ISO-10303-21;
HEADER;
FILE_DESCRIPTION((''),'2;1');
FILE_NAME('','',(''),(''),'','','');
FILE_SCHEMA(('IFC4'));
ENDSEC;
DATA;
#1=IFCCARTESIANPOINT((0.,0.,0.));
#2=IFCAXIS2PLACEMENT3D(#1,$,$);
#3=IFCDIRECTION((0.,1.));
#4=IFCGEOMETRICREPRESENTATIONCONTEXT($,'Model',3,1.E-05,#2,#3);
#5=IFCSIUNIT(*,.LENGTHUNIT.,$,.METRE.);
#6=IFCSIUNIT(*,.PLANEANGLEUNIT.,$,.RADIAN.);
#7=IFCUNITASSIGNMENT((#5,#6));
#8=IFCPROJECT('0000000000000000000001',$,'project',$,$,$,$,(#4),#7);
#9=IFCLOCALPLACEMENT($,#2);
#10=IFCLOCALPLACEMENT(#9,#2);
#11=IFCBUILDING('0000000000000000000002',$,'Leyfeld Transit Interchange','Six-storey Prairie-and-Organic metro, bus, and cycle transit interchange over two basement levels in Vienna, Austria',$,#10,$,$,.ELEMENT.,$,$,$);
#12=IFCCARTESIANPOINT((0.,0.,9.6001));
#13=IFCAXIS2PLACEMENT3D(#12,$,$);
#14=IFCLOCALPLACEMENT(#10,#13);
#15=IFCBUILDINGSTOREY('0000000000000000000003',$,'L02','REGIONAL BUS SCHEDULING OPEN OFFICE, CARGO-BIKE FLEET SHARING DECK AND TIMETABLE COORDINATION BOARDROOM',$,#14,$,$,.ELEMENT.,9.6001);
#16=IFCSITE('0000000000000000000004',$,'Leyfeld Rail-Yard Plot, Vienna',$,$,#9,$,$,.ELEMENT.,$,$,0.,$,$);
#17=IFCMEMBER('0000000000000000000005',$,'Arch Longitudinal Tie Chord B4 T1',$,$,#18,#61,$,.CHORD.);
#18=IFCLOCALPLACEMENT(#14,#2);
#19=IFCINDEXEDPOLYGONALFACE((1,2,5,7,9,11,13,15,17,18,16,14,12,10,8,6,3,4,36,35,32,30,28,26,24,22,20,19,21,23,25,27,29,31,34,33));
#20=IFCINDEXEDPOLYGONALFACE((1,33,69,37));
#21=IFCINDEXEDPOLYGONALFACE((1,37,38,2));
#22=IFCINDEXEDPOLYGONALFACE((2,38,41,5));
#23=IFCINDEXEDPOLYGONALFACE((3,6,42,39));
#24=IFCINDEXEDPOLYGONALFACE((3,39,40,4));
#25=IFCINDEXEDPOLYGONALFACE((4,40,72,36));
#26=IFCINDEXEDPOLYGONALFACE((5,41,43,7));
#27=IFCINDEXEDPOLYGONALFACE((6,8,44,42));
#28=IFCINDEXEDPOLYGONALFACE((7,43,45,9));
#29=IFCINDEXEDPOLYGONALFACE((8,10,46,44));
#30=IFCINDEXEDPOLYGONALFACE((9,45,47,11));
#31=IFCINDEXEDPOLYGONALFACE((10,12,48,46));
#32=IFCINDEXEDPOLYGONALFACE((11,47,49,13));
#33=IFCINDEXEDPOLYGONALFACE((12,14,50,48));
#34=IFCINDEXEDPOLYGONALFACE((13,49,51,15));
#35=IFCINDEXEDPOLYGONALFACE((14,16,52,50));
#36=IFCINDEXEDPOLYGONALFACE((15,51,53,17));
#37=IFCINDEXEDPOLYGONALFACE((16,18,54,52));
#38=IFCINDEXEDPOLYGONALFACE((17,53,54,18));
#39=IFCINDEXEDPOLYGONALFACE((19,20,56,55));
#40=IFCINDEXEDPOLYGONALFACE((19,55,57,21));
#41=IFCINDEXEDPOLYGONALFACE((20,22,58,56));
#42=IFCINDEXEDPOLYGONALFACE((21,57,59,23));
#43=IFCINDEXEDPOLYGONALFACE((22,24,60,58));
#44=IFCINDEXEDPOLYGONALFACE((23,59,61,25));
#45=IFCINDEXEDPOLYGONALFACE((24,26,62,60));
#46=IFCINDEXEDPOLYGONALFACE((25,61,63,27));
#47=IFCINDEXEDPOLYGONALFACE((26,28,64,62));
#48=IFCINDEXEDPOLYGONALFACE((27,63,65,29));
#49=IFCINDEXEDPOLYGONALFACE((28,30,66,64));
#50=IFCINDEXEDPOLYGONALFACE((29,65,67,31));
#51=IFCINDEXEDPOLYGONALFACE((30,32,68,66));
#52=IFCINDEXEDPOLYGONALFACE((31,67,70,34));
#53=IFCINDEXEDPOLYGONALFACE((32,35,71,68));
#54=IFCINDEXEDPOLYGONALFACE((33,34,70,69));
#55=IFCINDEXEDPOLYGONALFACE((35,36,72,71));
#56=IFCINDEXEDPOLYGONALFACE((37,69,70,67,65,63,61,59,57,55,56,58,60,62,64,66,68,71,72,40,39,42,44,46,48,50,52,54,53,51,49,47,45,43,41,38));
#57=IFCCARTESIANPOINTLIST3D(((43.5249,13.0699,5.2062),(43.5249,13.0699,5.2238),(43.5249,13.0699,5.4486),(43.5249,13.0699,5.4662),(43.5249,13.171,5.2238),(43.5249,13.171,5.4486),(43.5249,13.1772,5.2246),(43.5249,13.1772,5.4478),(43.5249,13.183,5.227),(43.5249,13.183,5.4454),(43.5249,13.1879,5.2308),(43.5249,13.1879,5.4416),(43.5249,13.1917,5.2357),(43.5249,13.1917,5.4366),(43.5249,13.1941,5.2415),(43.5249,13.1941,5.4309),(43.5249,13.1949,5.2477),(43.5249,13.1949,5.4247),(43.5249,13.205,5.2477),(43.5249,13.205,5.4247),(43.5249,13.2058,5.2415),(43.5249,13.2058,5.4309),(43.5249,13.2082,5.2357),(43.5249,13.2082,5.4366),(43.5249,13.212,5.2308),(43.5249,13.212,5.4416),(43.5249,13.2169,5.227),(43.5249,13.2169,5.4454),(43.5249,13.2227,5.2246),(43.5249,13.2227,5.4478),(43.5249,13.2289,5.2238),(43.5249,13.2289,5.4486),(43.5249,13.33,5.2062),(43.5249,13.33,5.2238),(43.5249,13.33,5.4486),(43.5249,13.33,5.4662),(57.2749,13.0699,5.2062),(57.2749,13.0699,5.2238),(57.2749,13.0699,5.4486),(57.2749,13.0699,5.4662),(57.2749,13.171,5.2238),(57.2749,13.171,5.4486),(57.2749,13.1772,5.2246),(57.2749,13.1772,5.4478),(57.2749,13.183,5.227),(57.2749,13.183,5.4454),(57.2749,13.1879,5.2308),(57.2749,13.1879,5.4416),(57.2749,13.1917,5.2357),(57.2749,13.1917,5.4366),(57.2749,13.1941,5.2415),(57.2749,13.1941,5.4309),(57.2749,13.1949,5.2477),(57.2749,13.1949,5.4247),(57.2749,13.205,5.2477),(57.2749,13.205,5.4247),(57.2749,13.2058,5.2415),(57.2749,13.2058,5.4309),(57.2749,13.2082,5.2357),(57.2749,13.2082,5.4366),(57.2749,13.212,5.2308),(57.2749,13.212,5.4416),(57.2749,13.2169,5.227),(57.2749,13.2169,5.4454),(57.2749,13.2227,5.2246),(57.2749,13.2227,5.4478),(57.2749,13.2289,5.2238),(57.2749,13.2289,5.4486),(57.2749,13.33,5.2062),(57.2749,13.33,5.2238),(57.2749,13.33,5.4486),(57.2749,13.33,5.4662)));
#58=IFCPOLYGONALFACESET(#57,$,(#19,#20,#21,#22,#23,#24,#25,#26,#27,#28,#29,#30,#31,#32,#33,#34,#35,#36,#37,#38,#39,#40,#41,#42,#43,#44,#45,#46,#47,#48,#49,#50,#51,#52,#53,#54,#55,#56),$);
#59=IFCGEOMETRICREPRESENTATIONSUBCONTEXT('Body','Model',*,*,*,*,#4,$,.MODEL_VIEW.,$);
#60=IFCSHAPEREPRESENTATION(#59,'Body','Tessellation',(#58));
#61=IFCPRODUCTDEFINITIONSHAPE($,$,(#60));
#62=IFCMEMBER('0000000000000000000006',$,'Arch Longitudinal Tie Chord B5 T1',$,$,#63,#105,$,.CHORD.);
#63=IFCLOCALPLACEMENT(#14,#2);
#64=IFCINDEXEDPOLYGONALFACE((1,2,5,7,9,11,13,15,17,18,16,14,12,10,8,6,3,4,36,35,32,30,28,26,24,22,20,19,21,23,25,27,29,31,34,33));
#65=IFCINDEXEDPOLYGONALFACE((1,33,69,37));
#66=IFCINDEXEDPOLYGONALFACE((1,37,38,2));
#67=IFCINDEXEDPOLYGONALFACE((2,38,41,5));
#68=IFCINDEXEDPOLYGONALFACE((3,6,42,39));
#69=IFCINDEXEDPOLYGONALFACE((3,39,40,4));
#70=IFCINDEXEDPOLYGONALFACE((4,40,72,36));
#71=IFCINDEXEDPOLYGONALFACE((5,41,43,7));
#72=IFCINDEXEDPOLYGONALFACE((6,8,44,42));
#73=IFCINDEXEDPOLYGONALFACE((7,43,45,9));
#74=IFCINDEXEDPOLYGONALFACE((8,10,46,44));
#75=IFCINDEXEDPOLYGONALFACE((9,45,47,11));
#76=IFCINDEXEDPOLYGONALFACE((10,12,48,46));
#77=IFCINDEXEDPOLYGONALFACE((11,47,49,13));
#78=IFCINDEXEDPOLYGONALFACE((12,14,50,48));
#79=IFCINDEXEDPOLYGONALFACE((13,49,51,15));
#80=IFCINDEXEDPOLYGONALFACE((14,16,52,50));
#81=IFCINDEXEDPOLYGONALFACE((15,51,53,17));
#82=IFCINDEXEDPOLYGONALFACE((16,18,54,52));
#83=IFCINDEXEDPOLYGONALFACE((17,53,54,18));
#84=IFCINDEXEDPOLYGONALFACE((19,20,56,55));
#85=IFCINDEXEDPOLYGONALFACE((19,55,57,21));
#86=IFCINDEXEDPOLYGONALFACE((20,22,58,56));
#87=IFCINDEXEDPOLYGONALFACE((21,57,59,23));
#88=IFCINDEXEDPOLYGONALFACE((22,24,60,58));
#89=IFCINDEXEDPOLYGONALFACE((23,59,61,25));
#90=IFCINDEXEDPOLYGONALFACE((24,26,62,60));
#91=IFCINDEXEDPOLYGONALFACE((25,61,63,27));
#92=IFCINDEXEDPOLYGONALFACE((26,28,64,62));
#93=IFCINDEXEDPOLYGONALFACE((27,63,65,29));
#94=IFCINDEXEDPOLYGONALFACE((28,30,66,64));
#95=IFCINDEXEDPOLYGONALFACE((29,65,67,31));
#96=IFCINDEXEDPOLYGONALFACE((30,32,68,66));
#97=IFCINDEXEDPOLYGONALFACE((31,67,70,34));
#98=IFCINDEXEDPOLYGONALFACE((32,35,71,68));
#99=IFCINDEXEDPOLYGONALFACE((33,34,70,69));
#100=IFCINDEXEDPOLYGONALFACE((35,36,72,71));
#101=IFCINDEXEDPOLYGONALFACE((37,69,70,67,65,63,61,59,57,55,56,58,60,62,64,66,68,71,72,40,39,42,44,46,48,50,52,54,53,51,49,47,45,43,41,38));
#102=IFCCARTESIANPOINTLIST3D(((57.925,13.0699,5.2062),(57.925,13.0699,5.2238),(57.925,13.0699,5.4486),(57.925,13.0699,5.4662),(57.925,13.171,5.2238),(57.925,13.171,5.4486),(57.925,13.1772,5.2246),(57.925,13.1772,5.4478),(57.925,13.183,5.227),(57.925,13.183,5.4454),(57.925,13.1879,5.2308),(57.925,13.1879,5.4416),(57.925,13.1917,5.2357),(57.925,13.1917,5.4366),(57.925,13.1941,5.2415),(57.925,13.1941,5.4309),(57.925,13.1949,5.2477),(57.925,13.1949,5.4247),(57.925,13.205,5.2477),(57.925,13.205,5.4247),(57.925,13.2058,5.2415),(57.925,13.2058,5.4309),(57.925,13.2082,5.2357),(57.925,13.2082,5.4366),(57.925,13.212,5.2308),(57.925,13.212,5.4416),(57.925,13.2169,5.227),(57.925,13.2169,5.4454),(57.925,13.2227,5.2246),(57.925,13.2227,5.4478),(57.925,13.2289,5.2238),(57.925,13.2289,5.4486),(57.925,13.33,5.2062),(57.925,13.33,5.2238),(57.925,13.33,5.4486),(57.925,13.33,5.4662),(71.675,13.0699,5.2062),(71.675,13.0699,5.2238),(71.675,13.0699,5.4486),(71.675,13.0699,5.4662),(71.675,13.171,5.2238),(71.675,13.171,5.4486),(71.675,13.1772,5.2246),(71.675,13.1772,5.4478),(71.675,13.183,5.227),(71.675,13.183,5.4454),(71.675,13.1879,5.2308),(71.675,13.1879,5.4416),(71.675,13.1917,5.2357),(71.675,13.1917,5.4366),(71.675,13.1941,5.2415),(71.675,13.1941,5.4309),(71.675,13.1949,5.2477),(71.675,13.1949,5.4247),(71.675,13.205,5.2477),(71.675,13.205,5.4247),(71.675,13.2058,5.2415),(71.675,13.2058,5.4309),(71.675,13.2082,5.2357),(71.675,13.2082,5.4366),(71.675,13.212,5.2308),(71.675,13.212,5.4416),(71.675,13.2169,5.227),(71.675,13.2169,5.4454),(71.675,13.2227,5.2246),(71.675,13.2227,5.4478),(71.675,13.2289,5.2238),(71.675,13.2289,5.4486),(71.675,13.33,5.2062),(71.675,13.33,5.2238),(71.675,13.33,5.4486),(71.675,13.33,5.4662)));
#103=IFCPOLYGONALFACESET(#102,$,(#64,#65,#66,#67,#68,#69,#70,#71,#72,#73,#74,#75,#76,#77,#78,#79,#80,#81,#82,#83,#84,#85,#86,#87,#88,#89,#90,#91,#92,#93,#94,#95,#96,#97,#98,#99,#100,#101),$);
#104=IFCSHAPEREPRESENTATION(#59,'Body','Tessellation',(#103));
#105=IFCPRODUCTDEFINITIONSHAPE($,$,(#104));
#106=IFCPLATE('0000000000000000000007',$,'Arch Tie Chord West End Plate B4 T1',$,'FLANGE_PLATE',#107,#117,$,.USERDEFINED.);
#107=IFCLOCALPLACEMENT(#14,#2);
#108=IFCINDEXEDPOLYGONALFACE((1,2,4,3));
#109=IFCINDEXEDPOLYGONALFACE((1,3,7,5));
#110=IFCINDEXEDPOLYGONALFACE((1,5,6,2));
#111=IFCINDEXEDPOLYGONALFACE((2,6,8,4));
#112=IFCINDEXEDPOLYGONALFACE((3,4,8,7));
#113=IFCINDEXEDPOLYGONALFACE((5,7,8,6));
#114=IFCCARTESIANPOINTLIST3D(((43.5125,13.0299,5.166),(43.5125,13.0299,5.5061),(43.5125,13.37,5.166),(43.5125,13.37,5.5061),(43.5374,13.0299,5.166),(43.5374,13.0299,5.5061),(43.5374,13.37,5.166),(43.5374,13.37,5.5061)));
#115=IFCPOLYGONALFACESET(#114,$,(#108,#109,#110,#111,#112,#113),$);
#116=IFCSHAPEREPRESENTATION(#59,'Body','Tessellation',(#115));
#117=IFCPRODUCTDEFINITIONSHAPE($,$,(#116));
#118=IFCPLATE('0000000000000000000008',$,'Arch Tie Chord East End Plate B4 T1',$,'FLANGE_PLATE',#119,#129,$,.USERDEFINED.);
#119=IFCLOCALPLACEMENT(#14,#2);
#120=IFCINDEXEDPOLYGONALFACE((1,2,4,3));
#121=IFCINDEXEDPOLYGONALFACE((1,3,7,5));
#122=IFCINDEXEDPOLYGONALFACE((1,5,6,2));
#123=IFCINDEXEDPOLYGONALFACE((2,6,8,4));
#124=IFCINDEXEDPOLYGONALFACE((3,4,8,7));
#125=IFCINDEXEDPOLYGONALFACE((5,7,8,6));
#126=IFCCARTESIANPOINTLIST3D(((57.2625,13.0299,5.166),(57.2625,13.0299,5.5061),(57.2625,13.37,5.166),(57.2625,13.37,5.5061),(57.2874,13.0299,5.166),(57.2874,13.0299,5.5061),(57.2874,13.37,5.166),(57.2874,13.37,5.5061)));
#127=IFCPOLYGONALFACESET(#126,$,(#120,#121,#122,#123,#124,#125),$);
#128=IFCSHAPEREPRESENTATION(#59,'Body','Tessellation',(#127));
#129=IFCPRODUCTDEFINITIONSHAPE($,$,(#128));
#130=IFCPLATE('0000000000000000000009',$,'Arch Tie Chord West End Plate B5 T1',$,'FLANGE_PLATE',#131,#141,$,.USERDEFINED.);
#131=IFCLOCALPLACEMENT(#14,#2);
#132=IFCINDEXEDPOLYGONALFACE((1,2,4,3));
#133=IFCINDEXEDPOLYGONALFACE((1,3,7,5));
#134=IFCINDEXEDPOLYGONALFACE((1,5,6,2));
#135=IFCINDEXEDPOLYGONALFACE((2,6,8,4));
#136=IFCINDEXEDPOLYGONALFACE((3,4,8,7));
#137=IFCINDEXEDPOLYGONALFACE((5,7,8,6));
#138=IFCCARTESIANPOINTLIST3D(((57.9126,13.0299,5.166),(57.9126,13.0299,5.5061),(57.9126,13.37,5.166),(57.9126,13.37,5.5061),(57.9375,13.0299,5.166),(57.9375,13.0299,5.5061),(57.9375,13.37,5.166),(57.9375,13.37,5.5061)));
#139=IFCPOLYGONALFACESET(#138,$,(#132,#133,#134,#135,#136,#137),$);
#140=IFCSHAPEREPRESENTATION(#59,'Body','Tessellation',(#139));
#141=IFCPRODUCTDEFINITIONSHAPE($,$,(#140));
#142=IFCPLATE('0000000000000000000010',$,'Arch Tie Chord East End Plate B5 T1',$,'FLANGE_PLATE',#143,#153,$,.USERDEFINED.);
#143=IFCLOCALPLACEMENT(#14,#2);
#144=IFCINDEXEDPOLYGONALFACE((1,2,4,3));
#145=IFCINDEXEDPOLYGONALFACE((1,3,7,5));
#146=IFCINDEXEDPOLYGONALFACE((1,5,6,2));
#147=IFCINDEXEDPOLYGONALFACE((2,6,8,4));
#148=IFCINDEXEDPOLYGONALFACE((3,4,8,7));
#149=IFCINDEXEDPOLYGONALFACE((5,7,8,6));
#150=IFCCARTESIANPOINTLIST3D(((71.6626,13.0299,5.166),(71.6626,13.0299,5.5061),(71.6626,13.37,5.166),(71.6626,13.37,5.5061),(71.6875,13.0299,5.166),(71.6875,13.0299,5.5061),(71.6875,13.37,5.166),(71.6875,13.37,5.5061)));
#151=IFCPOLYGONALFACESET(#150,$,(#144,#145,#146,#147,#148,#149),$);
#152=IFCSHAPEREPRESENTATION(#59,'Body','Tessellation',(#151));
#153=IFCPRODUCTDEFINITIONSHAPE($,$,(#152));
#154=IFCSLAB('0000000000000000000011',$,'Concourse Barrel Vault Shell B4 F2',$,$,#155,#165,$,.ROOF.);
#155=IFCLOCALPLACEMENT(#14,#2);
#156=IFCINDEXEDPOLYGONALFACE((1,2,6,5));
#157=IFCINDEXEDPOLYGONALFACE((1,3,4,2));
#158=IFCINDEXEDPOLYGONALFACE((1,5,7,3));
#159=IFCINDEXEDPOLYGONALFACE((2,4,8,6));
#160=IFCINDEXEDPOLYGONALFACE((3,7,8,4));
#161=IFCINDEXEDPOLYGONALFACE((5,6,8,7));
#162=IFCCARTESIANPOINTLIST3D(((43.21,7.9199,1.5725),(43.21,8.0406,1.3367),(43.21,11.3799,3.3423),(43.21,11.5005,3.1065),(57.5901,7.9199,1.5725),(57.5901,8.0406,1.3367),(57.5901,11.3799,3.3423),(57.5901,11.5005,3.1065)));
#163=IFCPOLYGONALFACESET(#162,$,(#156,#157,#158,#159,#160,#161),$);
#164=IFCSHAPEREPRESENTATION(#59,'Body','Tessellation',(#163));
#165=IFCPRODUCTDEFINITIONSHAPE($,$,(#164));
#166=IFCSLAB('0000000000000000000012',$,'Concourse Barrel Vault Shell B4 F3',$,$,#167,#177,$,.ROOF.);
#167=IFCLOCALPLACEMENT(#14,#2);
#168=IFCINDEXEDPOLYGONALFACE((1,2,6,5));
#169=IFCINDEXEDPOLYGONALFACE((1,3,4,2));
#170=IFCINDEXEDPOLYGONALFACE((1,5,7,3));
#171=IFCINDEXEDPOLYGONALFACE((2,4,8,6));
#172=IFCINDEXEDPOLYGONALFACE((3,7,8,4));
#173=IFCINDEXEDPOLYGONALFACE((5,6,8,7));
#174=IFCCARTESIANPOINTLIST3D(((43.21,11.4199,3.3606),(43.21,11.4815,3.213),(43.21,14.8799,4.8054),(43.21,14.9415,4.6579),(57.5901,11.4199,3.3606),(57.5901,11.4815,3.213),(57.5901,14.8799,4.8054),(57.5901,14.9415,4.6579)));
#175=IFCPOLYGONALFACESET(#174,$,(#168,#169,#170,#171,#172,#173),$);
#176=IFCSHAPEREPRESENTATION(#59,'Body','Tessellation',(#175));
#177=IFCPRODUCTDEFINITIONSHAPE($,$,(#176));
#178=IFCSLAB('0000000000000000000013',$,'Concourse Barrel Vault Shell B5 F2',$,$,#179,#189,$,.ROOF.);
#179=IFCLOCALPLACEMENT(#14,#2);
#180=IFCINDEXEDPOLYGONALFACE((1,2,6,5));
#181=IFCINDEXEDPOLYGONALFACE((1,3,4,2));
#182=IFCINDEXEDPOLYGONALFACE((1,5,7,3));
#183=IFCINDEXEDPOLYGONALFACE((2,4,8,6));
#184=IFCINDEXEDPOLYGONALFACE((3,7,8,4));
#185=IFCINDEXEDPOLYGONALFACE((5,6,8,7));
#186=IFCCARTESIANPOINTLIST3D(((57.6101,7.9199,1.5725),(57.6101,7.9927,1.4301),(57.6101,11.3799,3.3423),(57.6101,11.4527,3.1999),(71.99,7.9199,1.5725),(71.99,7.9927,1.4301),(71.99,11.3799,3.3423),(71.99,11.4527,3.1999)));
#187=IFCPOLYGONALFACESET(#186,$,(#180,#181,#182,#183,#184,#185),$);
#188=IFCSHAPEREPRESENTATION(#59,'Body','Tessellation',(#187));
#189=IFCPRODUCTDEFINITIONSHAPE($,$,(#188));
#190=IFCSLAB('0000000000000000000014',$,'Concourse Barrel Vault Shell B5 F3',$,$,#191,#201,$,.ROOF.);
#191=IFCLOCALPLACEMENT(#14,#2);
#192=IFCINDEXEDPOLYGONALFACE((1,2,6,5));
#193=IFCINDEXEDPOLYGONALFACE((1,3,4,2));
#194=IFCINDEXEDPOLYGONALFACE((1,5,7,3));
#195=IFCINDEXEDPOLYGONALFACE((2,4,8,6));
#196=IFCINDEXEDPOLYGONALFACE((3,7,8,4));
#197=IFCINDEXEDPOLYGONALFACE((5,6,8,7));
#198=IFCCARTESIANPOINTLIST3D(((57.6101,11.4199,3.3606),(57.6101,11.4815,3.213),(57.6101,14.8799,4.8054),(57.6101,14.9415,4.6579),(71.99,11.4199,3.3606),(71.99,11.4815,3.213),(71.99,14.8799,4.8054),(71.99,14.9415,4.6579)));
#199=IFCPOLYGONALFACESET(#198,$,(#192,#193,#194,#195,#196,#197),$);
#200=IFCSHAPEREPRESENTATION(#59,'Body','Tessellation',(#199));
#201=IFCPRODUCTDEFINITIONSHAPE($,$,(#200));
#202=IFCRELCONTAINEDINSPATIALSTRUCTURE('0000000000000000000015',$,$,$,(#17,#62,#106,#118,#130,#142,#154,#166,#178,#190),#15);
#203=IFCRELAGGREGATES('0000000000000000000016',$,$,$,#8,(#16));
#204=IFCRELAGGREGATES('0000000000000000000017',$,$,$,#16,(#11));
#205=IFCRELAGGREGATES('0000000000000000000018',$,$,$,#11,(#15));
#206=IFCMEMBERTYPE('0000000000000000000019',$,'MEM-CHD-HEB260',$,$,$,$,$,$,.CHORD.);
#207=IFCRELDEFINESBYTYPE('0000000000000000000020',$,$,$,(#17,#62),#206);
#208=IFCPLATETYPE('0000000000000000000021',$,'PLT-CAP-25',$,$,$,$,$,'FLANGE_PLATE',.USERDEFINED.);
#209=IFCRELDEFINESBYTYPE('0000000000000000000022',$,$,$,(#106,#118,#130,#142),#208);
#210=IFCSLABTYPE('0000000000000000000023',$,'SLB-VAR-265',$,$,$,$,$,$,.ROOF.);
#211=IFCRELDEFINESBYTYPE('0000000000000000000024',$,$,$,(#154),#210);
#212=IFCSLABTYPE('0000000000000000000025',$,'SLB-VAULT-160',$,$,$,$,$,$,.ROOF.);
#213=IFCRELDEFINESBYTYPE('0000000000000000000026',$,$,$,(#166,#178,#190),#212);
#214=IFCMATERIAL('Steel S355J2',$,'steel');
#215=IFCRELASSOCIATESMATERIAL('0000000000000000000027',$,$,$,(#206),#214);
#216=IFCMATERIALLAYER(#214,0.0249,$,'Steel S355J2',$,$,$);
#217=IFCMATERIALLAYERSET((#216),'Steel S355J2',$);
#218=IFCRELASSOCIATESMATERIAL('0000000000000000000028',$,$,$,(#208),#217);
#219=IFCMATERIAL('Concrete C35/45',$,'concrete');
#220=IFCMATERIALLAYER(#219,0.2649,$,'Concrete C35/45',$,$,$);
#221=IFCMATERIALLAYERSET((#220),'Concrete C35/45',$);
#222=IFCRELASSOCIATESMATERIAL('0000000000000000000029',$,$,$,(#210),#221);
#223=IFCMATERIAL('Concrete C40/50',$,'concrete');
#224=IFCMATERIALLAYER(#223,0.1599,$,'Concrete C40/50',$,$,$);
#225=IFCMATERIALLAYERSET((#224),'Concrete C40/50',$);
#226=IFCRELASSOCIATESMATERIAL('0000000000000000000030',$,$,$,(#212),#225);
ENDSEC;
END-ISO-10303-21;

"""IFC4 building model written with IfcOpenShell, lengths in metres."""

from ifc_helpers import new_model, si_unit, direction, frame, origin, origin_2d, place, context, subcontext, project, spatial, polyline, rectangle, i_section, outline, extrude, material, layer, layer_set, material_profile, profile_set, type_object, element, save


model = new_model("IFC4")

# Units and contexts
model_context = context("Model", 3, precision=1e-05, world=origin(), true_north=direction((0.0, 1.0)))
body_context = subcontext(model_context, "Body", "Model", "MODEL_VIEW")
ifc_project = project(units=[si_unit("LENGTHUNIT", "METRE"), si_unit("PLANEANGLEUNIT", "RADIAN")], contexts=[model_context])

# Site, building, storey
site_placement = place(None, origin())
site = spatial("IfcSite", under=ifc_project, at=site_placement, Name="Leyfeld Rail-Yard Plot, Vienna", CompositionType="ELEMENT", RefElevation=0.0)
building_placement = place(site_placement, origin())
building = spatial("IfcBuilding", under=site, at=building_placement, Name="Leyfeld Transit Interchange", Description="Six-storey Prairie-and-Organic metro, bus, and cycle transit interchange over two basement levels in Vienna, Austria", CompositionType="ELEMENT")
storey_placement = place(building_placement, frame((0.0, 0.0, 9.6001)))
storey = spatial("IfcBuildingStorey", under=building, at=storey_placement, Name="L02", Description="REGIONAL BUS SCHEDULING OPEN OFFICE, CARGO-BIKE FLEET SHARING DECK AND TIMETABLE COORDINATION BOARDROOM", CompositionType="ELEMENT", Elevation=9.6001)

# Shared definitions
ifc_material_1 = material(Name="Concrete C40/50", Category="concrete")

# Members
ifc_material_2 = material(Name="Steel S355J2", Category="steel")
ifc_material_profile_1 = material_profile(ifc_material_2, i_section(OverallWidth=0.26, OverallDepth=0.26, WebThickness=0.01, FlangeThickness=0.0176, FilletRadius=0.0239, at=origin_2d()), Name="HEB 260")
ifc_profile_set_1 = profile_set([ifc_material_profile_1], Name="Steel S355J2")
member_type_1 = type_object("IfcMemberType", Name="MEM-CHD-HEB260", PredefinedType="CHORD", material=ifc_profile_set_1)
for number, where, z_axis, x_axis, name in (
    (1, (43.5249, 13.2, 5.3362), (1.0, 0.0, 0.0), (0.0, 1.0, 0.0), "Arch Longitudinal Tie Chord B4 T1"),
    (2, (57.925, 13.2, 5.3362), (1.0, 0.0, 0.0), (0.0, 1.0, 0.0), "Arch Longitudinal Tie Chord B5 T1"),
):
    element("IfcMember", number, at=place(storey_placement, frame(where, z_axis=z_axis, x_axis=x_axis)), inside=storey, type_object=member_type_1, Name=name, PredefinedType="CHORD", context=body_context, shape_type="SweptSolid", body=[
        extrude(i_section(OverallWidth=0.26, OverallDepth=0.26, WebThickness=0.01, FlangeThickness=0.0176, FilletRadius=0.0239, at=origin_2d()), origin(), (0.0, 0.0, 1.0), 13.75),
    ])

# Plates
ifc_layer_1 = layer(ifc_material_2, 0.0249, Name="Steel S355J2")
ifc_layer_set_1 = layer_set([ifc_layer_1], Name="Steel S355J2")
plate_type = type_object("IfcPlateType", Name="PLT-CAP-25", ElementType="FLANGE_PLATE", PredefinedType="USERDEFINED", material=ifc_layer_set_1)
for number, where, z_axis, x_axis, name in (
    (3, (43.5249, 13.2, 5.166), (0.0, 0.0, 1.0), (0.0, 1.0, 0.0), "Arch Tie Chord West End Plate B4 T1"),
    (4, (57.2749, 13.2, 5.166), (0.0, 0.0, 1.0), (0.0, 1.0, 0.0), "Arch Tie Chord East End Plate B4 T1"),
    (5, (57.925, 13.2, 5.166), (0.0, 0.0, 1.0), (0.0, 1.0, 0.0), "Arch Tie Chord West End Plate B5 T1"),
    (6, (71.675, 13.2, 5.166), (0.0, 0.0, 1.0), (0.0, 1.0, 0.0), "Arch Tie Chord East End Plate B5 T1"),
):
    element("IfcPlate", number, at=place(storey_placement, frame(where, z_axis=z_axis, x_axis=x_axis)), inside=storey, type_object=plate_type, Name=name, ObjectType="FLANGE_PLATE", PredefinedType="USERDEFINED", context=body_context, shape_type="SweptSolid", body=[
        extrude(rectangle(XDim=0.3401, YDim=0.0249, at=origin_2d()), origin(), (0.0, 0.0, 1.0), 0.3401),
    ])

# Slabs
ifc_material_3 = material(Name="Concrete C35/45", Category="concrete")
ifc_layer_2 = layer(ifc_material_3, 0.2649, Name="Concrete C35/45")
ifc_layer_set_2 = layer_set([ifc_layer_2], Name="Concrete C35/45")
slab_type_1 = type_object("IfcSlabType", Name="SLB-VAR-265", PredefinedType="ROOF", material=ifc_layer_set_2)
slab_1_placement = place(storey_placement, frame((43.21, 7.9199, 1.5725), z_axis=(0.0, -0.455387, 0.890294), x_axis=(1.0, 0.0, 0.0)))
element("IfcSlab", 7, at=slab_1_placement, inside=storey, type_object=slab_type_1, Name="Concourse Barrel Vault Shell B4 F2", PredefinedType="ROOF", context=body_context, shape_type="SweptSolid", body=[
    extrude(outline(polyline([(0.0, 0.0), (14.3801, 0.0), (14.3801, 3.8863), (0.0, 3.8863), (0.0, 0.0)])), origin(), (0.0, 0.0, -1.0), 0.2649),
])
ifc_layer_3 = layer(ifc_material_1, 0.1599, Name="Concrete C40/50")
ifc_layer_set_3 = layer_set([ifc_layer_3], Name="Concrete C40/50")
slab_type_2 = type_object("IfcSlabType", Name="SLB-VAULT-160", PredefinedType="ROOF", material=ifc_layer_set_3)
slab_2_placement = place(storey_placement, frame((43.21, 11.4199, 3.3606), z_axis=(0.0, -0.385337, 0.922776), x_axis=(1.0, 0.0, 0.0)))
element("IfcSlab", 8, at=slab_2_placement, inside=storey, type_object=slab_type_2, Name="Concourse Barrel Vault Shell B4 F3", PredefinedType="ROOF", context=body_context, shape_type="SweptSolid", body=[
    extrude(outline(polyline([(0.0, 0.0), (14.3801, 0.0), (14.3801, 3.7495), (0.0, 3.7495), (0.0, 0.0)])), origin(), (0.0, 0.0, -1.0), 0.1599),
])
slab_3_placement = place(storey_placement, frame((57.6101, 7.9199, 1.5725), z_axis=(0.0, -0.455387, 0.890294), x_axis=(1.0, 0.0, 0.0)))
element("IfcSlab", 9, at=slab_3_placement, inside=storey, type_object=slab_type_2, Name="Concourse Barrel Vault Shell B5 F2", PredefinedType="ROOF", context=body_context, shape_type="SweptSolid", body=[
    extrude(outline(polyline([(0.0, 0.0), (14.3799, 0.0), (14.3799, 3.8863), (0.0, 3.8863), (0.0, 0.0)])), origin(), (0.0, 0.0, -1.0), 0.1599),
])
slab_4_placement = place(storey_placement, frame((57.6101, 11.4199, 3.3606), z_axis=(0.0, -0.385337, 0.922776), x_axis=(1.0, 0.0, 0.0)))
element("IfcSlab", 10, at=slab_4_placement, inside=storey, type_object=slab_type_2, Name="Concourse Barrel Vault Shell B5 F3", PredefinedType="ROOF", context=body_context, shape_type="SweptSolid", body=[
    extrude(outline(polyline([(0.0, 0.0), (14.3799, 0.0), (14.3799, 3.7495), (0.0, 3.7495), (0.0, 0.0)])), origin(), (0.0, 0.0, -1.0), 0.1599),
])

save(model, "model.ifc")
